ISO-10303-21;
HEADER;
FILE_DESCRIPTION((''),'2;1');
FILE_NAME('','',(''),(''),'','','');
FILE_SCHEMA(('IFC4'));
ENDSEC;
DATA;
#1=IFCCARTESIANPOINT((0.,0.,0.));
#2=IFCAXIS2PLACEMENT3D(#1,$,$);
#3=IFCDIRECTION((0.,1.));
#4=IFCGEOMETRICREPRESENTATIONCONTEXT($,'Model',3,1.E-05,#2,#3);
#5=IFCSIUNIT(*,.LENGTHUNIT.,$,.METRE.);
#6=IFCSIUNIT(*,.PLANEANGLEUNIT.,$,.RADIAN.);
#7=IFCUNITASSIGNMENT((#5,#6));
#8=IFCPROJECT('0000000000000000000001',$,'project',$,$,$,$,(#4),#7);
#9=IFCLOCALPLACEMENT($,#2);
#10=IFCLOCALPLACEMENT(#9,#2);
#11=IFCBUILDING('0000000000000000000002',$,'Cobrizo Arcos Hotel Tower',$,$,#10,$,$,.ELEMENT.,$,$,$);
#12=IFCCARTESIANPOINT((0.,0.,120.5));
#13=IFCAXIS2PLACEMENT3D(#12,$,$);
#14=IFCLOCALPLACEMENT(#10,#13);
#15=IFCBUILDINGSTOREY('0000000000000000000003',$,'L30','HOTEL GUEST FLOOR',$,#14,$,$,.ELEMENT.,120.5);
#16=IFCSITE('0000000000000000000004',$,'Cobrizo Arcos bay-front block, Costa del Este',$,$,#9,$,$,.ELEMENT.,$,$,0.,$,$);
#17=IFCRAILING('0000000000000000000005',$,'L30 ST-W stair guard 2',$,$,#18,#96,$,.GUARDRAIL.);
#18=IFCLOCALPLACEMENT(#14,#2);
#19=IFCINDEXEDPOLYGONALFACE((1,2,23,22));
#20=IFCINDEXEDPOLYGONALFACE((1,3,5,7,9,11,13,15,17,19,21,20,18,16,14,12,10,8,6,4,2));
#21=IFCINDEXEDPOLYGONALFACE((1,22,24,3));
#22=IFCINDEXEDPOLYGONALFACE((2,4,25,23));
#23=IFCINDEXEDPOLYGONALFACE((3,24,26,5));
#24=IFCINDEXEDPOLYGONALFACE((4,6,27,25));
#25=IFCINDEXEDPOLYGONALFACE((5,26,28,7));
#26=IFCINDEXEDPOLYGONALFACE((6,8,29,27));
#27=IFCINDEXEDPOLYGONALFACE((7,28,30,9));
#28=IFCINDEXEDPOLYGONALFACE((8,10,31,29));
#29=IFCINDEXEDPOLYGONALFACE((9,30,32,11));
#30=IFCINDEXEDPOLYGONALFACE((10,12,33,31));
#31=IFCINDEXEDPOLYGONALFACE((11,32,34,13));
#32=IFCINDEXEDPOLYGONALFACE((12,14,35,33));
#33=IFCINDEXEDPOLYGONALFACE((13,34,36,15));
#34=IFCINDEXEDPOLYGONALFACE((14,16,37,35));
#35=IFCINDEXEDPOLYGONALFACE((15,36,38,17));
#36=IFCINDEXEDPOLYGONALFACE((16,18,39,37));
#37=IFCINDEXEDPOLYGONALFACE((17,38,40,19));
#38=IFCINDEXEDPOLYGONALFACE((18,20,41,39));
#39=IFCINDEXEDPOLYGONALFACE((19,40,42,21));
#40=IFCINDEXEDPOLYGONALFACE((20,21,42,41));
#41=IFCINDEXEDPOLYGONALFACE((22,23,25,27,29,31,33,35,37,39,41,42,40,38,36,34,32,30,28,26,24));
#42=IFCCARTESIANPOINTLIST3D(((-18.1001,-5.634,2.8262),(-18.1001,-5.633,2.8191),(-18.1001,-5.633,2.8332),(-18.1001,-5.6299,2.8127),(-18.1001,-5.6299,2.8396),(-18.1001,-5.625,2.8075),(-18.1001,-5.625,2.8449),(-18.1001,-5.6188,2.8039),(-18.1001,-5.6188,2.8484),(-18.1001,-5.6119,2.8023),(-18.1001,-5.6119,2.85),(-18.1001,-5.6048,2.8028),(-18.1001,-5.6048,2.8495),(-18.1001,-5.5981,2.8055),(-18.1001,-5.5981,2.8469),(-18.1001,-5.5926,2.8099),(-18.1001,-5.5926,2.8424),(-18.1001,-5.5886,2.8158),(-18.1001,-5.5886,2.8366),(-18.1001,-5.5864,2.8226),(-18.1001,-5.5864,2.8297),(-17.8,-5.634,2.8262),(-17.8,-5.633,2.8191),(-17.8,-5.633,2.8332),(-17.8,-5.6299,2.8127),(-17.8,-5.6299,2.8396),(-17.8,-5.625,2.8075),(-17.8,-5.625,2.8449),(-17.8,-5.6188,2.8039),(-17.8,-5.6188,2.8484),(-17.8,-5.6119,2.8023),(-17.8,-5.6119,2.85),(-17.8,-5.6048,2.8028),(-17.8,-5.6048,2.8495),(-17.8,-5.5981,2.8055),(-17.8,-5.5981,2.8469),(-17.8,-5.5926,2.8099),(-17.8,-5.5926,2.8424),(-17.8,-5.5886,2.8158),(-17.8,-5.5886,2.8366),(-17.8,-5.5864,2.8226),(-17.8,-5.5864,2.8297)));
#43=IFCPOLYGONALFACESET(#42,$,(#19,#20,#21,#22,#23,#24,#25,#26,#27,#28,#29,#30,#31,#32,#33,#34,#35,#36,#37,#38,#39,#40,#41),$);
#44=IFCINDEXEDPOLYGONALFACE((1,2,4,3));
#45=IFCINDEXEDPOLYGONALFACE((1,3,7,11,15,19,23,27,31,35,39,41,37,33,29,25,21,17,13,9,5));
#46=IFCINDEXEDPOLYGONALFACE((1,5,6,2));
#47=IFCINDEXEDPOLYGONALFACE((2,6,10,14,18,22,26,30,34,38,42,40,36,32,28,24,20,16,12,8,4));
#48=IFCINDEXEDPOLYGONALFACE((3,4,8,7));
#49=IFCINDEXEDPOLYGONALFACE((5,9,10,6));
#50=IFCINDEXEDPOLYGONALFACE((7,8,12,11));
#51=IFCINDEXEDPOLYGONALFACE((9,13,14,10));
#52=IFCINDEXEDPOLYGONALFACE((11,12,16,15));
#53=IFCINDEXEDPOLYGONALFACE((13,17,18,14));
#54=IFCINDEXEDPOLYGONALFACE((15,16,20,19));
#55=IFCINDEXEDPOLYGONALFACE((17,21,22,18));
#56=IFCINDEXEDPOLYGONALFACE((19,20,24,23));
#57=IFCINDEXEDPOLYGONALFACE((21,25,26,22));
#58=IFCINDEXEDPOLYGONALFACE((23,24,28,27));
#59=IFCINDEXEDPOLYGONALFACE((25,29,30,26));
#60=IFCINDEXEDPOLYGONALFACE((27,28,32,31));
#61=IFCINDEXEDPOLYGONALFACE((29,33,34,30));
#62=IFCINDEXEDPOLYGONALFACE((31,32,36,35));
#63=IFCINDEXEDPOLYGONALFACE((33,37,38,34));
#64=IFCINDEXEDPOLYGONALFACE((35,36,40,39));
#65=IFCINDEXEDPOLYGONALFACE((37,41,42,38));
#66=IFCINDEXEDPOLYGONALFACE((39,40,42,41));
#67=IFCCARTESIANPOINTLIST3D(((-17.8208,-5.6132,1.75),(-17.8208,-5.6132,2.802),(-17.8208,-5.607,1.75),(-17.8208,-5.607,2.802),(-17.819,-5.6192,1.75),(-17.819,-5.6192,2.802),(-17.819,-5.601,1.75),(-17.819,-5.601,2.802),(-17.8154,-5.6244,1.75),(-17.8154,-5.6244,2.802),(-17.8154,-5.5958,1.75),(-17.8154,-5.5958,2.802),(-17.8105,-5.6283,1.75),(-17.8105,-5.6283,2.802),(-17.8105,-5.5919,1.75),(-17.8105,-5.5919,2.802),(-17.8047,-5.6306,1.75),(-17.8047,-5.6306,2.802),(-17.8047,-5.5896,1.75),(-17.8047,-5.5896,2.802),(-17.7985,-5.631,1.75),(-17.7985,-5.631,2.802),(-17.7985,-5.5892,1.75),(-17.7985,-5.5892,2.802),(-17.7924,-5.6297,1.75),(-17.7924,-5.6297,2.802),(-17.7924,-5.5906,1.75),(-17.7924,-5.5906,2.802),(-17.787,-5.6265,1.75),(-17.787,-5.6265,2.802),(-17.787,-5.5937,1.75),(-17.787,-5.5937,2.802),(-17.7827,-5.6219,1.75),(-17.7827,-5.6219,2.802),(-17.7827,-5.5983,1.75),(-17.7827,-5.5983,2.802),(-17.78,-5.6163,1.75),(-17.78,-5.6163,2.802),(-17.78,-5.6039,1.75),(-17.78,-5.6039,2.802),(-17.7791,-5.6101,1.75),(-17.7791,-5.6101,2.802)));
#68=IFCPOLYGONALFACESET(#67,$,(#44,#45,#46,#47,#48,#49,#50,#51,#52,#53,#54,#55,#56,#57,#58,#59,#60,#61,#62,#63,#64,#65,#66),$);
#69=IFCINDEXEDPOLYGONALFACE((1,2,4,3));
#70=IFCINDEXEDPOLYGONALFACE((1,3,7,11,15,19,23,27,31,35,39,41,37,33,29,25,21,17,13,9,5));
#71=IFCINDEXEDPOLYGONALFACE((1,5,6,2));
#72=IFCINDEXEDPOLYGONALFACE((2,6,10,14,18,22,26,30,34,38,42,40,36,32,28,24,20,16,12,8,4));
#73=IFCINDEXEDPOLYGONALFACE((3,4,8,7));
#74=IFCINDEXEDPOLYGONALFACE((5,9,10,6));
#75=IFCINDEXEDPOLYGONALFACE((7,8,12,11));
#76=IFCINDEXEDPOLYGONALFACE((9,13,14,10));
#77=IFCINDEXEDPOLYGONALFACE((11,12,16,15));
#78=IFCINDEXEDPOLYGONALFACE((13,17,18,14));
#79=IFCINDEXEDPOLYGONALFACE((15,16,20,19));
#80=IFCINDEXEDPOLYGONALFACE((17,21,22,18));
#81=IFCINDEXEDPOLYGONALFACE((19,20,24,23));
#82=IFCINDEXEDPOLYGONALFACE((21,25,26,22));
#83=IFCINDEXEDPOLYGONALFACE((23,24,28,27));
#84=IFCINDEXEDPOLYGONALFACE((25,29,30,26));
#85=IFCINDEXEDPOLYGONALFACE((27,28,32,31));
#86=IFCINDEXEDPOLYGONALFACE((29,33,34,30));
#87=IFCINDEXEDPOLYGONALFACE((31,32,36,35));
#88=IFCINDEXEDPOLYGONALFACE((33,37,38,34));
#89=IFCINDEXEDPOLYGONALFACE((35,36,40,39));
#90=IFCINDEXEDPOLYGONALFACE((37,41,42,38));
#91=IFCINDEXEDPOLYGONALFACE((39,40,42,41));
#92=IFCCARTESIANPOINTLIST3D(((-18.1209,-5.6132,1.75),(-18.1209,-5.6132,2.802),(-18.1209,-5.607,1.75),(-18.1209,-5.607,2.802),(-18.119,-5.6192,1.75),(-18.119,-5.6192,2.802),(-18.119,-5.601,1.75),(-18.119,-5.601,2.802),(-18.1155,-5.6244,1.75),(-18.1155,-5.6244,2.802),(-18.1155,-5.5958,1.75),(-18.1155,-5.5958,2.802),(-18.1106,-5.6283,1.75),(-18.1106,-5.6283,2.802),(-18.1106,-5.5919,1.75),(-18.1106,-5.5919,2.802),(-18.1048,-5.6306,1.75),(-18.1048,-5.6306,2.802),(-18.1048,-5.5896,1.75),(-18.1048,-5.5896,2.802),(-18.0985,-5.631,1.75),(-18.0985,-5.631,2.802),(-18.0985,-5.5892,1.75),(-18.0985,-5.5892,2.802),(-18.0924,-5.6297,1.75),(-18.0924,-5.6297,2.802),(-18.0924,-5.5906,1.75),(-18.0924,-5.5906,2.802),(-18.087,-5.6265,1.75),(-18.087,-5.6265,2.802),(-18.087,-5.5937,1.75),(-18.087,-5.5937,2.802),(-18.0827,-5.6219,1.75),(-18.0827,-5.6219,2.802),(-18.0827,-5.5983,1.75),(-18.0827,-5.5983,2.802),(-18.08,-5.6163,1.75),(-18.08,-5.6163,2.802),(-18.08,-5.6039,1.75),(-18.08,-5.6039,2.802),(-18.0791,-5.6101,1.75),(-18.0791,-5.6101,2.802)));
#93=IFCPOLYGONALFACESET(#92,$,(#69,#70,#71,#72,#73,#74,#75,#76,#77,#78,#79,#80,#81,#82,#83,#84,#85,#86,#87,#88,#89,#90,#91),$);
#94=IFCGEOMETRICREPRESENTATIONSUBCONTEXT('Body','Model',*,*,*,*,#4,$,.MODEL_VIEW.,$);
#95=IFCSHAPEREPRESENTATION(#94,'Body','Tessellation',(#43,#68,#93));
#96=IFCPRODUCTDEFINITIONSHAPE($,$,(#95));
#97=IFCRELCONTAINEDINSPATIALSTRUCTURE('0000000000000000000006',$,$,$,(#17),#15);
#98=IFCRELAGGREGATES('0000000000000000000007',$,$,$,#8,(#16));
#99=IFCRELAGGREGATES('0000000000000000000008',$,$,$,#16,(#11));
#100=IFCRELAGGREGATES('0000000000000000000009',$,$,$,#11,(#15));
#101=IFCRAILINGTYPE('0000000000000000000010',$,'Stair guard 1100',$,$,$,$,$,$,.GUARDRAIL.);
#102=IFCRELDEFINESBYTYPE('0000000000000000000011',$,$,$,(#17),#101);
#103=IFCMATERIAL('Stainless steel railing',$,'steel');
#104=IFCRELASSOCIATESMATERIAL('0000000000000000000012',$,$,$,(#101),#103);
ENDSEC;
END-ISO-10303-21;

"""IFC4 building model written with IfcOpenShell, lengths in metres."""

from ifc_helpers import new_model, si_unit, direction, frame, origin, origin_2d, place, context, subcontext, project, spatial, circle, extrude, material, type_object, element, save


model = new_model("IFC4")

# Units and contexts
model_context = context("Model", 3, precision=1e-05, world=origin(), true_north=direction((0.0, 1.0)))
body_context = subcontext(model_context, "Body", "Model", "MODEL_VIEW")
ifc_project = project(units=[si_unit("LENGTHUNIT", "METRE"), si_unit("PLANEANGLEUNIT", "RADIAN")], contexts=[model_context])

# Site, building, storey
site_placement = place(None, origin())
site = spatial("IfcSite", under=ifc_project, at=site_placement, Name="Cobrizo Arcos bay-front block, Costa del Este", CompositionType="ELEMENT", RefElevation=0.0)
building_placement = place(site_placement, origin())
building = spatial("IfcBuilding", under=site, at=building_placement, Name="Cobrizo Arcos Hotel Tower", CompositionType="ELEMENT")
storey_placement = place(building_placement, frame((0.0, 0.0, 120.5)))
storey = spatial("IfcBuildingStorey", under=building, at=storey_placement, Name="L30", Description="HOTEL GUEST FLOOR", CompositionType="ELEMENT", Elevation=120.5)

# Railing
ifc_material_1 = material(Name="Stainless steel railing", Category="steel")
railing_type_1 = type_object("IfcRailingType", Name="Stair guard 1100", PredefinedType="GUARDRAIL", material=ifc_material_1)
railing_1_placement = place(storey_placement, frame((-17.8, -5.6101, 1.75)))
element("IfcRailing", 1, at=railing_1_placement, inside=storey, type_object=railing_type_1, Name="L30 ST-W stair guard 2", PredefinedType="GUARDRAIL", context=body_context, shape_type="SweptSolid", body=[
    extrude(circle(Radius=0.0239, at=origin_2d()), frame((0.0, 0.0, 1.0762), z_axis=(-1.0, 0.0, 0.0), x_axis=(0.0, -1.0, 0.0)), (0.0, 0.0, 1.0), 0.3),
    extrude(circle(Radius=0.021, at=origin_2d()), origin(), (0.0, 0.0, 1.0), 1.052),
    extrude(circle(Radius=0.021, at=origin_2d()), frame((-0.3, 0.0, 0.0)), (0.0, 0.0, 1.0), 1.052),
])

save(model, "model.ifc")
